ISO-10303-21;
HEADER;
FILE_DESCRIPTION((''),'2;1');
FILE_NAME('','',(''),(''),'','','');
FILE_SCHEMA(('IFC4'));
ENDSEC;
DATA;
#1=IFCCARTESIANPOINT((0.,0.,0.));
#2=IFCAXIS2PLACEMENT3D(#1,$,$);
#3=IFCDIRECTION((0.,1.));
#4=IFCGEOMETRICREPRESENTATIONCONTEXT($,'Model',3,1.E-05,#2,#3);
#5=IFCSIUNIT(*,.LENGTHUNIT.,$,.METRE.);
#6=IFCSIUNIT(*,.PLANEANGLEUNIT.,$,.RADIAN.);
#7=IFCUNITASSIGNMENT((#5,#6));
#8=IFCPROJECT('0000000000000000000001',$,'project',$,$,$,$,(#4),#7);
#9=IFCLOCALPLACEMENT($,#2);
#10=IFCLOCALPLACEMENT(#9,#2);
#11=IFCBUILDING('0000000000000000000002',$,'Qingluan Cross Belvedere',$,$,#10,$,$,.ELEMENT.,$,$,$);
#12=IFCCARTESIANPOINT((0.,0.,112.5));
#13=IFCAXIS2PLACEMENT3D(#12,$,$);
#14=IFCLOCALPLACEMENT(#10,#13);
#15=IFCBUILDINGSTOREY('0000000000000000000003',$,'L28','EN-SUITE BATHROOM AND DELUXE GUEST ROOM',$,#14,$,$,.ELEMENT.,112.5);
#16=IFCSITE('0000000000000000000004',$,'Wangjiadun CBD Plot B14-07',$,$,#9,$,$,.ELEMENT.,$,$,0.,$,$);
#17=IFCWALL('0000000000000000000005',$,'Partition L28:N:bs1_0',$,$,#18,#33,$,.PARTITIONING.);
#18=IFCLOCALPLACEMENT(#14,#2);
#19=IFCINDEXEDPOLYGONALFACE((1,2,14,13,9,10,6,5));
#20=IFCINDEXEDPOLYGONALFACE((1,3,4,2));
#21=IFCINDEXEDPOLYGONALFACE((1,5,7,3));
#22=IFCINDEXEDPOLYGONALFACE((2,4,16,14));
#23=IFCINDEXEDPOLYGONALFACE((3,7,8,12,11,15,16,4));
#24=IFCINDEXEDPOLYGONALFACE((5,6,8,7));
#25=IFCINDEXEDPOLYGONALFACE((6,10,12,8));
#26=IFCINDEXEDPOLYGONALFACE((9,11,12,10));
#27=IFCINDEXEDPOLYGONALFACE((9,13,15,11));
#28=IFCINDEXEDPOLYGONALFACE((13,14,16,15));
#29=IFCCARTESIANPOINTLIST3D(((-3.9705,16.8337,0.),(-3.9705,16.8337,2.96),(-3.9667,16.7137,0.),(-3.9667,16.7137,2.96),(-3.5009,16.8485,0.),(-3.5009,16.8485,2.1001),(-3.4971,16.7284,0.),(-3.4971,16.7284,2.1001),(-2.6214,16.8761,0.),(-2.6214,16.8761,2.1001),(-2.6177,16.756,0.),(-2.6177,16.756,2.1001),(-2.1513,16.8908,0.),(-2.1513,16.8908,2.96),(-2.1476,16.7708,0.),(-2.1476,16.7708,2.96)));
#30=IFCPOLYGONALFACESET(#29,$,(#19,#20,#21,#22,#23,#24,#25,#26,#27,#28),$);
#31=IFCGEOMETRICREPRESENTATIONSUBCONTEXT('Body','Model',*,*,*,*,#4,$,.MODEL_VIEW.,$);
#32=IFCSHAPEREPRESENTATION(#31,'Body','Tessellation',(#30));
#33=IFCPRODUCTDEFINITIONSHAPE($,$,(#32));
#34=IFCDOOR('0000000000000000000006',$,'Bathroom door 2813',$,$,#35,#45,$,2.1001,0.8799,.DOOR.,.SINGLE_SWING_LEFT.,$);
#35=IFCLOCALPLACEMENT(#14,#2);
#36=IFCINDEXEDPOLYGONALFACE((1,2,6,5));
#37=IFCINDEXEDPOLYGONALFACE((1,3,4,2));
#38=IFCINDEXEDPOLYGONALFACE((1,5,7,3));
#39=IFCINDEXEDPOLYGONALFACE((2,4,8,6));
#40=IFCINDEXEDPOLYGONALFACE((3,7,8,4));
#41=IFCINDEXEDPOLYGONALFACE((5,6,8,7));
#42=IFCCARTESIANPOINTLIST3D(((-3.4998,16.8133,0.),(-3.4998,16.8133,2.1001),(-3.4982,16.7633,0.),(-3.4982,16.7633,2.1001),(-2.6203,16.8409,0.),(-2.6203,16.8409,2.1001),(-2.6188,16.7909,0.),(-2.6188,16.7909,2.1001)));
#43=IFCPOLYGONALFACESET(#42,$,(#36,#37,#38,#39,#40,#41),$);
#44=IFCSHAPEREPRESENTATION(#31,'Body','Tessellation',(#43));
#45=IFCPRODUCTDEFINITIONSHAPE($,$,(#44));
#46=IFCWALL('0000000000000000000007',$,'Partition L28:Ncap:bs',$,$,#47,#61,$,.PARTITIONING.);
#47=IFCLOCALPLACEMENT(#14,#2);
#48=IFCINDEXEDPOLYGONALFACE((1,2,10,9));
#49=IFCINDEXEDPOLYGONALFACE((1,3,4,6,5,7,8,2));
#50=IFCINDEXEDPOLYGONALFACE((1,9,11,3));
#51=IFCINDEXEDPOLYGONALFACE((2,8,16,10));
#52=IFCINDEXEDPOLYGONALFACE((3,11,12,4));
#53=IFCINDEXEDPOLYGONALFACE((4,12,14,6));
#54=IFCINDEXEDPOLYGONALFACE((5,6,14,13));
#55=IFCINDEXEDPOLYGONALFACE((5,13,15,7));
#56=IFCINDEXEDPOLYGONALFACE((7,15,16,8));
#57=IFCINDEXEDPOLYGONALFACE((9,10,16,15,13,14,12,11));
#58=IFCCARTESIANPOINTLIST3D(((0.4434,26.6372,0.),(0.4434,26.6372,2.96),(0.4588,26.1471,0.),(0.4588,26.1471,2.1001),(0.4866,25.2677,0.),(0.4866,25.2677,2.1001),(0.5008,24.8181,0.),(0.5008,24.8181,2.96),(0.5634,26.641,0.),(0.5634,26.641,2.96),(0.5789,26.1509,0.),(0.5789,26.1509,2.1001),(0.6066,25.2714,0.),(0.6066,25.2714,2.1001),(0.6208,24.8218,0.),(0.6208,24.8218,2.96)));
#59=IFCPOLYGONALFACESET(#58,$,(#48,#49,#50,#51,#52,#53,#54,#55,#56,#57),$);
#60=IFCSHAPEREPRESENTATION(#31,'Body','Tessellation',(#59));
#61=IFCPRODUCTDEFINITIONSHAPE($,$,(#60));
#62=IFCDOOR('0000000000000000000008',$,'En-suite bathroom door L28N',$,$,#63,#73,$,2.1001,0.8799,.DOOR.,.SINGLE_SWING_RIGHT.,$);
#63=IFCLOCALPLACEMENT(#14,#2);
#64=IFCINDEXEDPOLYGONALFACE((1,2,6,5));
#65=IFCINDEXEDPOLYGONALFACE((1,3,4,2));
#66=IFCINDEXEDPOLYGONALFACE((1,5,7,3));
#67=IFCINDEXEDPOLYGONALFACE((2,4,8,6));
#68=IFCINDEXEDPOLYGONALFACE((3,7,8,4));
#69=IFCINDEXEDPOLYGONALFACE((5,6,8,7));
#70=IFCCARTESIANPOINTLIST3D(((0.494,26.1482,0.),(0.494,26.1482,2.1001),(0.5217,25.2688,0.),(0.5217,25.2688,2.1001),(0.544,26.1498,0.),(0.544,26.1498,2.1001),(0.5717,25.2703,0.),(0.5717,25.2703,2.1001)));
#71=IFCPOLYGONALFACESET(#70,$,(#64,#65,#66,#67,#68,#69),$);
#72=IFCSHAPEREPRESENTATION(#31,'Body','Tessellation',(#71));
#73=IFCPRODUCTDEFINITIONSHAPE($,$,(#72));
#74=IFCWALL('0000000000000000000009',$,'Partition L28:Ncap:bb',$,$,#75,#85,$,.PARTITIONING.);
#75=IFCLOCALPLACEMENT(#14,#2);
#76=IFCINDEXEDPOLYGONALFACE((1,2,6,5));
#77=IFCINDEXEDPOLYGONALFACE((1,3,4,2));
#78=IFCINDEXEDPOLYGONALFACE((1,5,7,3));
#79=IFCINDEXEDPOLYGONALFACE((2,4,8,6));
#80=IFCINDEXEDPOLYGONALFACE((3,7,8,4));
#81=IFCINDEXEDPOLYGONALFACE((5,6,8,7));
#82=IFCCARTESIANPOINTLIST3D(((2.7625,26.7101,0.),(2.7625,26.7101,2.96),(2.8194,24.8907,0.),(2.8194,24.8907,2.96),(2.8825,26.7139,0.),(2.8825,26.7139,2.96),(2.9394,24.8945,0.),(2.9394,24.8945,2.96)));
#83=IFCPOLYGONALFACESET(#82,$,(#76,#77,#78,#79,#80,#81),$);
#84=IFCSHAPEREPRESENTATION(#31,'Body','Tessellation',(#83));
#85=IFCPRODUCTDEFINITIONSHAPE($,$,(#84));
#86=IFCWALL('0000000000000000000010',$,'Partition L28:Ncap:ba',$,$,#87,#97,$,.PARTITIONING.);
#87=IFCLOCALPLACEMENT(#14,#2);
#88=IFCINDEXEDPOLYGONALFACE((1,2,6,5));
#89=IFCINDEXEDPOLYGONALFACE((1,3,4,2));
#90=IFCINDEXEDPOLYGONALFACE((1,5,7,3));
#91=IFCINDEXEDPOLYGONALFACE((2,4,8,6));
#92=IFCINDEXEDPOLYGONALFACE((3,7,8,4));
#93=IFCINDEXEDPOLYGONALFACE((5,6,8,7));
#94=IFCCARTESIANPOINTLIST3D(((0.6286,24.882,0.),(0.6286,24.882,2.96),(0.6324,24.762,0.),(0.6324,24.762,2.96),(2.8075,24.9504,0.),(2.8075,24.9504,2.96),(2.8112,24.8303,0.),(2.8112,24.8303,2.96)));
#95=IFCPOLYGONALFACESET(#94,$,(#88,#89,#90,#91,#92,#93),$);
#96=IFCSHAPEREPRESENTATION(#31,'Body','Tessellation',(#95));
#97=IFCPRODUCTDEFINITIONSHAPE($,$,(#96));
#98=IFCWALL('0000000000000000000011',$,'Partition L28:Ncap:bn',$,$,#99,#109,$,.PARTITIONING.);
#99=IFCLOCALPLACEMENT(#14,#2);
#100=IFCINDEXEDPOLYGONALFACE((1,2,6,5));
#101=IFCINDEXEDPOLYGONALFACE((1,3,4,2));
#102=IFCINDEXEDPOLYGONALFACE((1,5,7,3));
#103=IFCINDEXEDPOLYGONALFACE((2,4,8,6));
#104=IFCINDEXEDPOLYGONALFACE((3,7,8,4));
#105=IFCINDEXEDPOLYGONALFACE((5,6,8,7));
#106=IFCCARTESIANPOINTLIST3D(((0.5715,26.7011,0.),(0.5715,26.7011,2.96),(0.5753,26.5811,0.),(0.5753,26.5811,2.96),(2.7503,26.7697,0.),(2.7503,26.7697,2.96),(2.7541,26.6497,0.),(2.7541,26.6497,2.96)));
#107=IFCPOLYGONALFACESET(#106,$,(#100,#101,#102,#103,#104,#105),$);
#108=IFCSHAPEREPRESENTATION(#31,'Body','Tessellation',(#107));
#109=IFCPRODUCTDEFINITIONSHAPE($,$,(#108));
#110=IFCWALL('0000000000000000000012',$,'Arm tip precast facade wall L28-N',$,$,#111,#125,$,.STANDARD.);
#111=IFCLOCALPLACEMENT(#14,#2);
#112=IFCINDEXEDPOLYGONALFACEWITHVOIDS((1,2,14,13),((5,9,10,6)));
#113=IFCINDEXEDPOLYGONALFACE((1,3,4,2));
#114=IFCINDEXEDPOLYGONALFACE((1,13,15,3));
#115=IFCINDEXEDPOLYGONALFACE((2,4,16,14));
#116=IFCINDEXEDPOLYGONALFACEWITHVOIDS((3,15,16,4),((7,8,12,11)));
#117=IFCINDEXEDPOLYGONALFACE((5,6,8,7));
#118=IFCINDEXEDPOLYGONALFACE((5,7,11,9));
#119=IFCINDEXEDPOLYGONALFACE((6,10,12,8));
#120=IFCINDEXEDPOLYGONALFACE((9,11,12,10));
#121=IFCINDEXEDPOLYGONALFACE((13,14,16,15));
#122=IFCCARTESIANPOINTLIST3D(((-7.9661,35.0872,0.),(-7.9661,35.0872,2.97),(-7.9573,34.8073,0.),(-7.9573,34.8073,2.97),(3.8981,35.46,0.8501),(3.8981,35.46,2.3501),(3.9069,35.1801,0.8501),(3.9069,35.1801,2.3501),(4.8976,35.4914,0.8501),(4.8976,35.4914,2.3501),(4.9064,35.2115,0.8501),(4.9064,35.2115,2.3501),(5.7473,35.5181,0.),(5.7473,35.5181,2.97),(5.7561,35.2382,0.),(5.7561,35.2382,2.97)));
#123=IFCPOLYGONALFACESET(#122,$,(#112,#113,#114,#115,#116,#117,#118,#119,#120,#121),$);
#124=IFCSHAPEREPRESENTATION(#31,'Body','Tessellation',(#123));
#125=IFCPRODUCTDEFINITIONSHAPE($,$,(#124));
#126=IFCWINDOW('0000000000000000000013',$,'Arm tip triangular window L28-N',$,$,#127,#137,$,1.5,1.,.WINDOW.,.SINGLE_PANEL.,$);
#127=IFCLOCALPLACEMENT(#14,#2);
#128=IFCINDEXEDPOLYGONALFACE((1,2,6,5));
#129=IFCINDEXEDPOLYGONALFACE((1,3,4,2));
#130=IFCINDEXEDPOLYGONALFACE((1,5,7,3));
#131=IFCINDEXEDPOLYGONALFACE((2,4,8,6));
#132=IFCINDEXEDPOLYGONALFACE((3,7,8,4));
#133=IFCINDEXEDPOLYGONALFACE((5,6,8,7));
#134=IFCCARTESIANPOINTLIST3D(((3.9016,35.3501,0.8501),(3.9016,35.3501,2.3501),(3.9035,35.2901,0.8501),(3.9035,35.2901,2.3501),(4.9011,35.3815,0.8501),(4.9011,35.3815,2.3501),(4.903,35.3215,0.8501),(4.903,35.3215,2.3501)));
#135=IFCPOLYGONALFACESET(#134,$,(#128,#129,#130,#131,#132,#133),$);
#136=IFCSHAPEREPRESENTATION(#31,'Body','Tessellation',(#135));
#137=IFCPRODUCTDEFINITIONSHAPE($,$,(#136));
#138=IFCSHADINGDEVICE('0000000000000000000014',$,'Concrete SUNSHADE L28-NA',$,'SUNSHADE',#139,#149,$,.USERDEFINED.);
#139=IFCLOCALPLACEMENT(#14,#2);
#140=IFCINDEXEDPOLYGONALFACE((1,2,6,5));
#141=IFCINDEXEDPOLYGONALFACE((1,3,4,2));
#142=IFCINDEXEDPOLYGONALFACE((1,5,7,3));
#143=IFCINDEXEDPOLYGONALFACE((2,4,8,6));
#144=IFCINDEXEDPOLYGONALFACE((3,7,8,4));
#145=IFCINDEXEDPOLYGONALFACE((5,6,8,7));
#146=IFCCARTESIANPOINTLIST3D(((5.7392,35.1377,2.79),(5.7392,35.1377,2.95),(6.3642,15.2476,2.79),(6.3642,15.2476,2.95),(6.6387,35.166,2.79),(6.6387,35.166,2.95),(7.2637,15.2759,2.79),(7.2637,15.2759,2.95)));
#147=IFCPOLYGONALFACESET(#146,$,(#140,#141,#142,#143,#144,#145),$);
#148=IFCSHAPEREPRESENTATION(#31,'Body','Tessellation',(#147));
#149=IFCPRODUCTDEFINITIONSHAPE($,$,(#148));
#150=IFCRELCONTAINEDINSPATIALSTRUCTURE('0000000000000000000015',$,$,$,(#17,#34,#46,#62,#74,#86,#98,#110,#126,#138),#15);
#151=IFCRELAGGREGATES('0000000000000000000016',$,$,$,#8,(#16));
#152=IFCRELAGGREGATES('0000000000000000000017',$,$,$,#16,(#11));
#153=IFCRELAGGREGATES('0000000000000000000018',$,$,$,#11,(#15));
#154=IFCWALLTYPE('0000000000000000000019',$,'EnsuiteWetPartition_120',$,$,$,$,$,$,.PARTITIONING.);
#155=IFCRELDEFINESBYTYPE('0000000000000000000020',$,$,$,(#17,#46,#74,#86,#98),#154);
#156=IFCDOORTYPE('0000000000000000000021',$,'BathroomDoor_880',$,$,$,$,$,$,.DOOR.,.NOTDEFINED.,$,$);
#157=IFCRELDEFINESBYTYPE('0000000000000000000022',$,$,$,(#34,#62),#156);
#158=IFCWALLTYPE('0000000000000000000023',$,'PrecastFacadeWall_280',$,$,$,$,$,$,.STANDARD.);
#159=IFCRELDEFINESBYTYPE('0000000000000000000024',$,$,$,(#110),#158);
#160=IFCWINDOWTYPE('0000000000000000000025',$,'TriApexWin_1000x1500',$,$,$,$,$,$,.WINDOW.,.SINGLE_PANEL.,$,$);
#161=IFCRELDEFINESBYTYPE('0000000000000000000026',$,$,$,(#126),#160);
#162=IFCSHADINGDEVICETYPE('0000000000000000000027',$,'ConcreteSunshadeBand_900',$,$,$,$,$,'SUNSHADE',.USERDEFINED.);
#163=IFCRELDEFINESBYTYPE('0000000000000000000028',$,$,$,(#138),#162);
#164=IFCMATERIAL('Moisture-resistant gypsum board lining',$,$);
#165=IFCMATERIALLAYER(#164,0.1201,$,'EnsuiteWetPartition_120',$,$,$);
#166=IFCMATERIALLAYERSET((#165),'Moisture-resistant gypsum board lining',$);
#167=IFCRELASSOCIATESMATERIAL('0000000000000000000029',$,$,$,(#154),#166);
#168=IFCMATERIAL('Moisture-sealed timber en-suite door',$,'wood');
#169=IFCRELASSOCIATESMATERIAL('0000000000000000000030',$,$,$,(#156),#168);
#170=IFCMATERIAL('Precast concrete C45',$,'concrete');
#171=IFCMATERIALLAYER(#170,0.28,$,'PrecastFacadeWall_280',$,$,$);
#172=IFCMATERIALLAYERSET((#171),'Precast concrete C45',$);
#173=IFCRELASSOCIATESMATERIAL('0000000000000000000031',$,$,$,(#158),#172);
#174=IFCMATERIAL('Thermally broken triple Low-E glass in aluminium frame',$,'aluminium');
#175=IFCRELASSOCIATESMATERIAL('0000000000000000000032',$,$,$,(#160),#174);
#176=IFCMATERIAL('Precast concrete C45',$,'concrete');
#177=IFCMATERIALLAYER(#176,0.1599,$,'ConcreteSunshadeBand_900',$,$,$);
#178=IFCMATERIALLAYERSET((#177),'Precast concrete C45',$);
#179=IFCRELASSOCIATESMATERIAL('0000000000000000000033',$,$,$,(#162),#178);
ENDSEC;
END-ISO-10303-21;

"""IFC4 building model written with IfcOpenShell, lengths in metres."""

from ifc_helpers import new_model, si_unit, direction, frame, frame_2d, origin, origin_2d, place, context, subcontext, project, spatial, rectangle, extrude, material, layer, layer_set, type_object, element, fill, save


model = new_model("IFC4")

# Units and contexts
model_context = context("Model", 3, precision=1e-05, world=origin(), true_north=direction((0.0, 1.0)))
body_context = subcontext(model_context, "Body", "Model", "MODEL_VIEW")
ifc_project = project(units=[si_unit("LENGTHUNIT", "METRE"), si_unit("PLANEANGLEUNIT", "RADIAN")], contexts=[model_context])

# Site, building, storey
site_placement = place(None, origin())
site = spatial("IfcSite", under=ifc_project, at=site_placement, Name="Wangjiadun CBD Plot B14-07", CompositionType="ELEMENT", RefElevation=0.0)
building_placement = place(site_placement, origin())
building = spatial("IfcBuilding", under=site, at=building_placement, Name="Qingluan Cross Belvedere", CompositionType="ELEMENT")
storey_placement = place(building_placement, frame((0.0, 0.0, 112.5)))
storey = spatial("IfcBuildingStorey", under=building, at=storey_placement, Name="L28", Description="EN-SUITE BATHROOM AND DELUXE GUEST ROOM", CompositionType="ELEMENT", Elevation=112.5)

# Shared definitions
ifc_material_1 = material(Name="Moisture-resistant gypsum board lining")
ifc_layer_1 = layer(ifc_material_1, 0.1201, Name="EnsuiteWetPartition_120")
ifc_layer_set_1 = layer_set([ifc_layer_1], Name="Moisture-resistant gypsum board lining")
wall_type_1 = type_object("IfcWallType", Name="EnsuiteWetPartition_120", PredefinedType="PARTITIONING", material=ifc_layer_set_1)
ifc_material_2 = material(Name="Moisture-sealed timber en-suite door", Category="wood")
door_type = type_object("IfcDoorType", Name="BathroomDoor_880", OperationType="NOTDEFINED", PredefinedType="DOOR", material=ifc_material_2)

# Walls, openings, doors
wall_1_placement = place(storey_placement, frame((-3.9688, 16.7737, 0.0), z_axis=(0.0, 0.0, 1.0), x_axis=(0.999507, 0.03139, 0.0)))
wall_1 = element("IfcWall", 1, at=wall_1_placement, inside=storey, type_object=wall_type_1, Name="Partition L28:N:bs1_0", PredefinedType="PARTITIONING", context=body_context, shape_type="SweptSolid", body=[
    extrude(rectangle(XDim=1.8201, YDim=0.1201, at=frame_2d((0.9102, 0.0))), origin(), (0.0, 0.0, 1.0), 2.96),
])
opening_1_placement = place(wall_1_placement, frame((0.47, 0.0, 0.0)))
opening_1 = element("IfcOpeningElement", 2, at=opening_1_placement, cuts=wall_1, PredefinedType="OPENING", context=body_context, shape_type="SweptSolid", body=[
    extrude(rectangle(XDim=0.8799, YDim=2.1001, at=frame_2d((0.4399, 1.05))), frame((0.0, 0.0701, 0.0), z_axis=(0.0, -1.0, 0.0), x_axis=(1.0, 0.0, 0.0)), (0.0, 0.0, 1.0), 0.1401),
])
door_1_placement = place(opening_1_placement, origin())
door_1 = element("IfcDoor", 3, at=door_1_placement, inside=storey, type_object=door_type, Name="Bathroom door 2813", OperationType="SINGLE_SWING_LEFT", OverallHeight=2.1001, OverallWidth=0.8799, PredefinedType="DOOR", context=body_context, shape_type="SweptSolid", body=[
    extrude(rectangle(XDim=0.8799, YDim=2.1001, at=frame_2d((0.4399, 1.05))), frame((0.0, 0.0249, 0.0), z_axis=(0.0, -1.0, 0.0), x_axis=(1.0, 0.0, 0.0)), (0.0, 0.0, 1.0), 0.05),
])
fill(opening_1, door_1)
wall_2_placement = place(storey_placement, frame((0.5608, 24.8198, 0.0), z_axis=(0.0, 0.0, 1.0), x_axis=(-0.031524, 0.999503, 0.0)))
wall_2 = element("IfcWall", 4, at=wall_2_placement, inside=storey, type_object=wall_type_1, Name="Partition L28:Ncap:bs", PredefinedType="PARTITIONING", context=body_context, shape_type="SweptSolid", body=[
    extrude(rectangle(XDim=1.8201, YDim=0.1201, at=frame_2d((0.9102, 0.0))), origin(), (0.0, 0.0, 1.0), 2.96),
])
opening_2_placement = place(wall_2_placement, frame((0.45, 0.0, 0.0)))
opening_2 = element("IfcOpeningElement", 5, at=opening_2_placement, cuts=wall_2, PredefinedType="OPENING", context=body_context, shape_type="SweptSolid", body=[
    extrude(rectangle(XDim=0.8799, YDim=2.1001, at=frame_2d((0.4399, 1.05))), frame((0.0, 0.0701, 0.0), z_axis=(0.0, -1.0, 0.0), x_axis=(1.0, 0.0, 0.0)), (0.0, 0.0, 1.0), 0.1401),
])
door_2_placement = place(opening_2_placement, origin())
door_2 = element("IfcDoor", 6, at=door_2_placement, inside=storey, type_object=door_type, Name="En-suite bathroom door L28N", OperationType="SINGLE_SWING_RIGHT", OverallHeight=2.1001, OverallWidth=0.8799, PredefinedType="DOOR", context=body_context, shape_type="SweptSolid", body=[
    extrude(rectangle(XDim=0.8799, YDim=2.1001, at=frame_2d((0.4399, 1.05))), frame((0.0, 0.0249, 0.0), z_axis=(0.0, -1.0, 0.0), x_axis=(1.0, 0.0, 0.0)), (0.0, 0.0, 1.0), 0.05),
])
fill(opening_2, door_2)

# Walls
wall_3_placement = place(storey_placement, frame((2.8794, 24.8926, 0.0), z_axis=(0.0, 0.0, 1.0), x_axis=(-0.031252, 0.999512, 0.0)))
element("IfcWall", 7, at=wall_3_placement, inside=storey, type_object=wall_type_1, Name="Partition L28:Ncap:bb", PredefinedType="PARTITIONING", context=body_context, shape_type="SweptSolid", body=[
    extrude(rectangle(XDim=1.8203, YDim=0.1201, at=frame_2d((0.9102, 0.0))), origin(), (0.0, 0.0, 1.0), 2.96),
])
for number, where, z_axis, x_axis, name in (
    (8, (0.6306, 24.822, 0.0), (0.0, 0.0, 1.0), (0.999508, 0.031357, 0.0), "Partition L28:Ncap:ba"),
    (9, (0.5735, 26.6411, 0.0), (0.0, 0.0, 1.0), (0.999505, 0.031469, 0.0), "Partition L28:Ncap:bn"),
):
    element("IfcWall", number, at=place(storey_placement, frame(where, z_axis=z_axis, x_axis=x_axis)), inside=storey, type_object=wall_type_1, Name=name, PredefinedType="PARTITIONING", context=body_context, shape_type="SweptSolid", body=[
        extrude(rectangle(XDim=2.1799, YDim=0.1201, at=frame_2d((1.0898, 0.0))), origin(), (0.0, 0.0, 1.0), 2.96),
    ])

# Wall, opening, window
ifc_material_3 = material(Name="Precast concrete C45", Category="concrete")
ifc_layer_2 = layer(ifc_material_3, 0.28, Name="PrecastFacadeWall_280")
ifc_layer_set_2 = layer_set([ifc_layer_2], Name="Precast concrete C45")
wall_type_2 = type_object("IfcWallType", Name="PrecastFacadeWall_280", PredefinedType="STANDARD", material=ifc_layer_set_2)
wall_4_placement = place(storey_placement, frame((5.7517, 35.3782, 0.0), z_axis=(0.0, 0.0, 1.0), x_axis=(-0.999507, -0.031407, 0.0)))
wall_4 = element("IfcWall", 10, at=wall_4_placement, inside=storey, type_object=wall_type_2, Name="Arm tip precast facade wall L28-N", PredefinedType="STANDARD", context=body_context, shape_type="SweptSolid", body=[
    extrude(rectangle(XDim=13.7202, YDim=0.28, at=frame_2d((6.8601, 0.0))), origin(), (0.0, 0.0, 1.0), 2.97),
])
opening_3_placement = place(wall_4_placement, frame((0.8501, 0.0, 0.8501)))
opening_3 = element("IfcOpeningElement", 11, at=opening_3_placement, cuts=wall_4, PredefinedType="OPENING", context=body_context, shape_type="SweptSolid", body=[
    extrude(rectangle(XDim=1.0, YDim=1.5, at=frame_2d((0.5, 0.75))), frame((0.0, 0.1499, 0.0), z_axis=(0.0, -1.0, 0.0), x_axis=(1.0, 0.0, 0.0)), (0.0, 0.0, 1.0), 0.3),
])
ifc_material_4 = material(Name="Thermally broken triple Low-E glass in aluminium frame", Category="aluminium")
window_type = type_object("IfcWindowType", Name="TriApexWin_1000x1500", PartitioningType="SINGLE_PANEL", PredefinedType="WINDOW", material=ifc_material_4)
window_placement = place(opening_3_placement, origin())
window = element("IfcWindow", 12, at=window_placement, inside=storey, type_object=window_type, Name="Arm tip triangular window L28-N", OverallHeight=1.5, OverallWidth=1.0, PartitioningType="SINGLE_PANEL", PredefinedType="WINDOW", context=body_context, shape_type="SweptSolid", body=[
    extrude(rectangle(XDim=1.0, YDim=1.5, at=frame_2d((0.5, 0.75))), frame((0.0, 0.03, 0.0), z_axis=(0.0, -1.0, 0.0), x_axis=(1.0, 0.0, 0.0)), (0.0, 0.0, 1.0), 0.0601),
])
fill(opening_3, window)

# Shading device
ifc_material_5 = material(Name="Precast concrete C45", Category="concrete")
ifc_layer_3 = layer(ifc_material_5, 0.1599, Name="ConcreteSunshadeBand_900")
ifc_layer_set_3 = layer_set([ifc_layer_3], Name="Precast concrete C45")
shading_device_type = type_object("IfcShadingDeviceType", Name="ConcreteSunshadeBand_900", ElementType="SUNSHADE", PredefinedType="USERDEFINED", material=ifc_layer_set_3)
shading_device_placement = place(storey_placement, frame((6.5015, 25.2068, 2.79), z_axis=(0.0, 0.0, 1.0), x_axis=(-0.031408, 0.999507, 0.0)))
element("IfcShadingDevice", 13, at=shading_device_placement, inside=storey, type_object=shading_device_type, Name="Concrete SUNSHADE L28-NA", ObjectType="SUNSHADE", PredefinedType="USERDEFINED", context=body_context, shape_type="SweptSolid", body=[
    extrude(rectangle(XDim=19.8999, YDim=0.8999, at=origin_2d()), origin(), (0.0, 0.0, 1.0), 0.1599),
])

save(model, "model.ifc")
